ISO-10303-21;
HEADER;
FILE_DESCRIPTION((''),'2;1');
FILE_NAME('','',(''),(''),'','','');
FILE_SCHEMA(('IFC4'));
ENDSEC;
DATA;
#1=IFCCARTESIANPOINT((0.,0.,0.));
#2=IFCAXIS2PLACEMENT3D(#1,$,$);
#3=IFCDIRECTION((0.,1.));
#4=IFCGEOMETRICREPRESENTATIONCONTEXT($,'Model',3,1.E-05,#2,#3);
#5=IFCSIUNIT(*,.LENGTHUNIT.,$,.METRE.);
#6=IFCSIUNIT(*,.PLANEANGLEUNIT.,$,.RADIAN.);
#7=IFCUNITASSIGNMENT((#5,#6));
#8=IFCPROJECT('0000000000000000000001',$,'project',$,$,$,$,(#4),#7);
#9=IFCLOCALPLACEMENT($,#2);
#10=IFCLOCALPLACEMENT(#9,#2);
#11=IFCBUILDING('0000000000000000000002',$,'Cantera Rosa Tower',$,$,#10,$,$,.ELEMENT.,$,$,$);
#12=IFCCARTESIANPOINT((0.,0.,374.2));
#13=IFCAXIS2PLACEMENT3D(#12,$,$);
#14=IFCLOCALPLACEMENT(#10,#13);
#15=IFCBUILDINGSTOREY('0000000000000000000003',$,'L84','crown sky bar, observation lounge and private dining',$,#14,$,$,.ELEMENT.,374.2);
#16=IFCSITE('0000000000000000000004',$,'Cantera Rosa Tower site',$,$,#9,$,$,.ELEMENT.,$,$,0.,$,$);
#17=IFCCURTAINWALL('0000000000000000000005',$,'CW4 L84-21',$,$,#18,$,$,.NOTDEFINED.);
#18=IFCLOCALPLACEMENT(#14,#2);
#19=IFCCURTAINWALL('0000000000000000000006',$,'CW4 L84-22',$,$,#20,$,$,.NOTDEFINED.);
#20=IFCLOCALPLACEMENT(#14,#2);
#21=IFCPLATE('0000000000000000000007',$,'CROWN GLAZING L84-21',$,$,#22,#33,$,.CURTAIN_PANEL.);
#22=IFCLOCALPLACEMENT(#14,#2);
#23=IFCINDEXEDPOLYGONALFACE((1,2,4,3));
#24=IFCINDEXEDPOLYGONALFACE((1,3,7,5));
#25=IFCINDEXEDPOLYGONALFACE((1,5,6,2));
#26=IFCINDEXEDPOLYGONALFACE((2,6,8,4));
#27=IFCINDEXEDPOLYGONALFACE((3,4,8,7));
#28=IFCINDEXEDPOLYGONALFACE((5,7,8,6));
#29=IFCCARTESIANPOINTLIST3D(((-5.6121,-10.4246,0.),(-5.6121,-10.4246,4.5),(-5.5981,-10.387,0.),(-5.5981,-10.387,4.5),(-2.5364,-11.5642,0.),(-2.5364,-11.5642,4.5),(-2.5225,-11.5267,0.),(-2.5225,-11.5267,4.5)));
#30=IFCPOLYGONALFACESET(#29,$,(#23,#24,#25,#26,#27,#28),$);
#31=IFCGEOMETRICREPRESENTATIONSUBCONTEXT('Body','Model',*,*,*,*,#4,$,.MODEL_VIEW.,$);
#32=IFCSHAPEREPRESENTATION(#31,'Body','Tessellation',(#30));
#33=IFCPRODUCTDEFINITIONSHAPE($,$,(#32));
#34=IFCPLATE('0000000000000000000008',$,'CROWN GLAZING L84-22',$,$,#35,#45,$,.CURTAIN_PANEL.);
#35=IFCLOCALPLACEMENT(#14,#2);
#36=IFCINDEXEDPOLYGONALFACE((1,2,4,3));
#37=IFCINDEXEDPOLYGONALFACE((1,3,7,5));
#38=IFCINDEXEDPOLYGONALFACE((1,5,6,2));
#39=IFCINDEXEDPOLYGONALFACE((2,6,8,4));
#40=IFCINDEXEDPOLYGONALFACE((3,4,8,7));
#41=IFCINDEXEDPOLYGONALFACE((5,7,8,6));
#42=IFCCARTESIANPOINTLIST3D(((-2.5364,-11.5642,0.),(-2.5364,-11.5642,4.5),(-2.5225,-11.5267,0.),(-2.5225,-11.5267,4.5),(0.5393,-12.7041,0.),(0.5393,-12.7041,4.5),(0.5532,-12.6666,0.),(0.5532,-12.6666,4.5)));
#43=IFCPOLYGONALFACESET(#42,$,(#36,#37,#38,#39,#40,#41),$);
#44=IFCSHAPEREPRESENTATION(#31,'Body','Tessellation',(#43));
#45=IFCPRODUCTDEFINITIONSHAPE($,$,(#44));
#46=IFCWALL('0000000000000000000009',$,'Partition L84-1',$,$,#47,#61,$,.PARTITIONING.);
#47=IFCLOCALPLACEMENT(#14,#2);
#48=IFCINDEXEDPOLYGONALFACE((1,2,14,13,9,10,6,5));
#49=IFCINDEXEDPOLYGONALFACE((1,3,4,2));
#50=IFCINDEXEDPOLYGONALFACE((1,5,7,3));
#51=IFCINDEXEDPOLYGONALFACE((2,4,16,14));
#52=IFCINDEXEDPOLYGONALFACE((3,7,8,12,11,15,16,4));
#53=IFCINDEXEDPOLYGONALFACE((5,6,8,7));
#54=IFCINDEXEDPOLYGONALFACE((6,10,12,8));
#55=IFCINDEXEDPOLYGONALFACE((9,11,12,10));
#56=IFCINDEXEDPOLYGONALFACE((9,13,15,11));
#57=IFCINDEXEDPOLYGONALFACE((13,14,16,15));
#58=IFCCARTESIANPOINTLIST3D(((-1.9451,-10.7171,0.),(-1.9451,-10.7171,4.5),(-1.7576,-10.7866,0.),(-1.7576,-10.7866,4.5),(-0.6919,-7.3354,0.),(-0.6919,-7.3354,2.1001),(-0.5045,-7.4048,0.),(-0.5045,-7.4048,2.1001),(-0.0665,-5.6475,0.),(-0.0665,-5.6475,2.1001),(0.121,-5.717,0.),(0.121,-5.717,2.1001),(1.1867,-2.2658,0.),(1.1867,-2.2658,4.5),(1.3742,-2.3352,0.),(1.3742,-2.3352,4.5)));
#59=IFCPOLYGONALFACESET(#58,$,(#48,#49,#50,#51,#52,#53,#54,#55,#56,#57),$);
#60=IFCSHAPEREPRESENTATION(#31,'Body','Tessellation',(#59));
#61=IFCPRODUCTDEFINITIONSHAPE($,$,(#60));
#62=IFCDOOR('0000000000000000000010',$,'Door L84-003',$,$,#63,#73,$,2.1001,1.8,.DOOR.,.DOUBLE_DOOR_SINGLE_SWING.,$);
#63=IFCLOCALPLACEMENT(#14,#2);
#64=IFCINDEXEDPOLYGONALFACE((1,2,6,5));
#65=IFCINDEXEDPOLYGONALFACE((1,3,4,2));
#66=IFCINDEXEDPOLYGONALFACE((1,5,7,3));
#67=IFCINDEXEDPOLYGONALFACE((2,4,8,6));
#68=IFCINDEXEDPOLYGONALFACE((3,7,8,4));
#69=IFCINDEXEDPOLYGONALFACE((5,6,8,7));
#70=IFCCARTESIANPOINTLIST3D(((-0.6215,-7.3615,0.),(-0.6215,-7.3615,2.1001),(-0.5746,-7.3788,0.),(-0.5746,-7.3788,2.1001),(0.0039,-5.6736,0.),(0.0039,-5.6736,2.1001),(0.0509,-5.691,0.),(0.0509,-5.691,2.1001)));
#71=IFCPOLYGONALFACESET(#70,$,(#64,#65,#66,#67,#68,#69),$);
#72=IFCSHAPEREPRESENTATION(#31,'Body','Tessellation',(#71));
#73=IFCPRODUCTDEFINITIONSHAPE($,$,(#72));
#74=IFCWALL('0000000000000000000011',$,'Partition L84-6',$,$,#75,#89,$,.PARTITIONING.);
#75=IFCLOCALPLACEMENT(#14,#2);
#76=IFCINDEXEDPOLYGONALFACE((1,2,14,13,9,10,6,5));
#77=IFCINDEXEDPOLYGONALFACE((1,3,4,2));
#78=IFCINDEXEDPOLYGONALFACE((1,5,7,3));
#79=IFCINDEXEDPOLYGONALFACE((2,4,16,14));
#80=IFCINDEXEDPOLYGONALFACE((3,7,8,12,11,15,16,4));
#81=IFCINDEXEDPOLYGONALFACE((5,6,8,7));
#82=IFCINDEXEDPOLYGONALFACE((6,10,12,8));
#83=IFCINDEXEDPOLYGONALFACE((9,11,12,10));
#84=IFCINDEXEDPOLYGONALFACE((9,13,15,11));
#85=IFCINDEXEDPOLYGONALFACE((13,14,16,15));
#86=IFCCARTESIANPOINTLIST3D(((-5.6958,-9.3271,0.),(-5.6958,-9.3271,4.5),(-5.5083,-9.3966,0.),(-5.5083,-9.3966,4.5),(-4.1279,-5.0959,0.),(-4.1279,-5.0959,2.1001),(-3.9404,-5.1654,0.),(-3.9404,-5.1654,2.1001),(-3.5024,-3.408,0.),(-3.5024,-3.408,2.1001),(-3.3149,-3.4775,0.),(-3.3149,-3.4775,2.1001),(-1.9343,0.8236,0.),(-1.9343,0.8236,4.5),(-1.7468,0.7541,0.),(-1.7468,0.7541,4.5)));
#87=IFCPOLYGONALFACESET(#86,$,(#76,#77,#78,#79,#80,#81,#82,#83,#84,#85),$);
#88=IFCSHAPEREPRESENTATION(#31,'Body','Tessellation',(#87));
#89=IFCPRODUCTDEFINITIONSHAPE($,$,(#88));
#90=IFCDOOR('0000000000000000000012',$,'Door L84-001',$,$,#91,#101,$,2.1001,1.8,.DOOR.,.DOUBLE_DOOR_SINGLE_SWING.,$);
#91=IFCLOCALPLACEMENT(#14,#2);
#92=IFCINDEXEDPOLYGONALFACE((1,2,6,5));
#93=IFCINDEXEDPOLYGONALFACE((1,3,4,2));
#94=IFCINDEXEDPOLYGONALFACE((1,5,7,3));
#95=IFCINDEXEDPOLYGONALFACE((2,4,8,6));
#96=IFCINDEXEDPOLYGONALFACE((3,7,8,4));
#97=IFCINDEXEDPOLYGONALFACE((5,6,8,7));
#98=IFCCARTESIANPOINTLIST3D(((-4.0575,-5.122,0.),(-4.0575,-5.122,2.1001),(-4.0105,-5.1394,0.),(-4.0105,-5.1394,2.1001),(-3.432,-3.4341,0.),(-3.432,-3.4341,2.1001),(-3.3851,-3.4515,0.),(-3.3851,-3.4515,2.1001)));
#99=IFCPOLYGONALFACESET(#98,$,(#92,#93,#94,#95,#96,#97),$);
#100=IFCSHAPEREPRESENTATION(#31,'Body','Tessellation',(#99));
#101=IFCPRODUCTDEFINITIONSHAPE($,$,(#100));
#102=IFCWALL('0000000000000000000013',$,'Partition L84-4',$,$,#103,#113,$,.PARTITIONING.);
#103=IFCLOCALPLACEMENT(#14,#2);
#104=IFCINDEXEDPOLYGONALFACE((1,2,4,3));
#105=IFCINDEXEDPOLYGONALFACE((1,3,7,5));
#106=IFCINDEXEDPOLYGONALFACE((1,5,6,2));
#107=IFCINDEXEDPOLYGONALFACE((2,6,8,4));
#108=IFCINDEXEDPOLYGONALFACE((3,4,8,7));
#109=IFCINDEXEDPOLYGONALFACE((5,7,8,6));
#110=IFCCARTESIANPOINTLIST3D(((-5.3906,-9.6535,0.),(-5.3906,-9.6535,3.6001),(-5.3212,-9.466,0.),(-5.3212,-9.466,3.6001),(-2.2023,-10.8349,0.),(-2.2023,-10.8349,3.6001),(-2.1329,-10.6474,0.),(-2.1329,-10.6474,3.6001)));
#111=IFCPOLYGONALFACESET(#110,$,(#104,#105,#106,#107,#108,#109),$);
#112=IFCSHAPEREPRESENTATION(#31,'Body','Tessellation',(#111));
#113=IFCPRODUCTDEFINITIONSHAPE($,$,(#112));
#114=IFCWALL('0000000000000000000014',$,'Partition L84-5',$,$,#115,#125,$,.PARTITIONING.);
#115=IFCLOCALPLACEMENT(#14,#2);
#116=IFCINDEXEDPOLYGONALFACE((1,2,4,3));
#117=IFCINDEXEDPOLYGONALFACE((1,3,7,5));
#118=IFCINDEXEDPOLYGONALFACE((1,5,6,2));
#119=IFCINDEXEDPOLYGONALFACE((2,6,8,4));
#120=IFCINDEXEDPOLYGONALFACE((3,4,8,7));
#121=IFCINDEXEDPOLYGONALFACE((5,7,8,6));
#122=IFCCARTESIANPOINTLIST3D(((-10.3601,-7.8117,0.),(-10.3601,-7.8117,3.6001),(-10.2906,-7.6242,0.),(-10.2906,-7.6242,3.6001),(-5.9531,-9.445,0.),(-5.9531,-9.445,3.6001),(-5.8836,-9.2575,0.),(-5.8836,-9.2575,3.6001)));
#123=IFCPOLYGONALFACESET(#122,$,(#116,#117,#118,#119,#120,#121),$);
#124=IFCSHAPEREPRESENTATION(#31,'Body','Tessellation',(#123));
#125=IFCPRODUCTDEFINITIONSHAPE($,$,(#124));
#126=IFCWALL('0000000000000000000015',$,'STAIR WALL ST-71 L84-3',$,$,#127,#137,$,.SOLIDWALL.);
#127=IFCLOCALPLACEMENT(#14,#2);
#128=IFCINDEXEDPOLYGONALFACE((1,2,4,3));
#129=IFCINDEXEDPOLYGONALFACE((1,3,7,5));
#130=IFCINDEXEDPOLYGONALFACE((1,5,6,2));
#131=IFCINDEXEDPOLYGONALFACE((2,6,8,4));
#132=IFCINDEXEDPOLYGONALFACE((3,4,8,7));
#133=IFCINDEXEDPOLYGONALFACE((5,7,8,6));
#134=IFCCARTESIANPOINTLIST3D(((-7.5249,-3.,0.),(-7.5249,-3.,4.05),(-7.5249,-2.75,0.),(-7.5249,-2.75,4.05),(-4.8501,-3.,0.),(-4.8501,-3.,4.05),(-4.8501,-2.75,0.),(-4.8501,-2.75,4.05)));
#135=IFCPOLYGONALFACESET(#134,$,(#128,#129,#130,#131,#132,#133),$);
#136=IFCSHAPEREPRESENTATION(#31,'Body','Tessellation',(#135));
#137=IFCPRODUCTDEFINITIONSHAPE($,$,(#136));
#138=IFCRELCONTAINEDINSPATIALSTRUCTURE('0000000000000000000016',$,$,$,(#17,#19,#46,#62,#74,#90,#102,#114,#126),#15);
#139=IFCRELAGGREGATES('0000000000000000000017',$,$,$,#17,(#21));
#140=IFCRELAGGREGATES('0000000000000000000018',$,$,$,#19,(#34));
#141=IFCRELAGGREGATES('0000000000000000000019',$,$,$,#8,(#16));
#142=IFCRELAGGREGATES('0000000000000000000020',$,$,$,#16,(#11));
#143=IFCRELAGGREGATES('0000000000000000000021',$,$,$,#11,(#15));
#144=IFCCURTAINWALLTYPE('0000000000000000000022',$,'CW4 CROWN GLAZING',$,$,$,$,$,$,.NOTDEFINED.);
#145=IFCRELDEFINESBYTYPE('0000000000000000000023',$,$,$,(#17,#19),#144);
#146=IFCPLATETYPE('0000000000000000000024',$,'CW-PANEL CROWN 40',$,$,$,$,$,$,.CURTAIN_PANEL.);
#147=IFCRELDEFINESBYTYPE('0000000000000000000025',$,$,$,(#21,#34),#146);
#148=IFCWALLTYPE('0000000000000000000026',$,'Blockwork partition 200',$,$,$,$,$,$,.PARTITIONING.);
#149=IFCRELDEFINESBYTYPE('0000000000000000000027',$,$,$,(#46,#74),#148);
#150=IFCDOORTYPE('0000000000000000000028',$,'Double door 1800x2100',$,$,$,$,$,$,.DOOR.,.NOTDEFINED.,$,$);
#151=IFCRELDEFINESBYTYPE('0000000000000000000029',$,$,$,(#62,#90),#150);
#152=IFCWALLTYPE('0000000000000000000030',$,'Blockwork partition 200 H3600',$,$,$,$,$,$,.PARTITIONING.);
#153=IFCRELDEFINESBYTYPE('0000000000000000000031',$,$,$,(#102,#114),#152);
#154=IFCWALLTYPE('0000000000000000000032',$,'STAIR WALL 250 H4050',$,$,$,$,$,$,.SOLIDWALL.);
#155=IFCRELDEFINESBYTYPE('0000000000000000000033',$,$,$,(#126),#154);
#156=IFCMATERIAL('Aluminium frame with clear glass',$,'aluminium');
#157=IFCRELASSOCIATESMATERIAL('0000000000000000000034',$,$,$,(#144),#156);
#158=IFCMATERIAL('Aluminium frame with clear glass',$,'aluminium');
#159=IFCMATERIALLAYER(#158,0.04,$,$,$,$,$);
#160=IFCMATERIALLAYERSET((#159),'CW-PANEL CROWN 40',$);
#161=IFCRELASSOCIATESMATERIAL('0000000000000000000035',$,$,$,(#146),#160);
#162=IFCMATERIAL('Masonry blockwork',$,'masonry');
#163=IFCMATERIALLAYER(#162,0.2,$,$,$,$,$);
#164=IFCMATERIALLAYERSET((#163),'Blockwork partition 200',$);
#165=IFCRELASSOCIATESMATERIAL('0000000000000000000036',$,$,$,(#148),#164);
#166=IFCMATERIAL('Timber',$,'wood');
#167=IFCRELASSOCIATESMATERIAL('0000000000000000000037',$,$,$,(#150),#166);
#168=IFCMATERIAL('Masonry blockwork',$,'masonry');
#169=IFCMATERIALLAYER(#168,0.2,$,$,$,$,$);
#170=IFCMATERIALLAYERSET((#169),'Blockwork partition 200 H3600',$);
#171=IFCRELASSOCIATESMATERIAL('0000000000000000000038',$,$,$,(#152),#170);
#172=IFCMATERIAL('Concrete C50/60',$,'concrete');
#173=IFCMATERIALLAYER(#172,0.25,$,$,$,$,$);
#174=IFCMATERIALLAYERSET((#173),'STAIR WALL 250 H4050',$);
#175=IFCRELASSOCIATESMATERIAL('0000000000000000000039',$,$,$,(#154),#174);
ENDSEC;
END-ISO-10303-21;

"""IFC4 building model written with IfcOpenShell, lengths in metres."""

from ifc_helpers import new_model, si_unit, direction, frame, frame_2d, origin, place, context, subcontext, project, spatial, polyline, rectangle, outline, extrude, material, layer, layer_set, type_object, element, fill, aggregate, save


model = new_model("IFC4")

# Units and contexts
model_context = context("Model", 3, precision=1e-05, world=origin(), true_north=direction((0.0, 1.0)))
body_context = subcontext(model_context, "Body", "Model", "MODEL_VIEW")
ifc_project = project(units=[si_unit("LENGTHUNIT", "METRE"), si_unit("PLANEANGLEUNIT", "RADIAN")], contexts=[model_context])

# Site, building, storey
site_placement = place(None, origin())
site = spatial("IfcSite", under=ifc_project, at=site_placement, Name="Cantera Rosa Tower site", CompositionType="ELEMENT", RefElevation=0.0)
building_placement = place(site_placement, origin())
building = spatial("IfcBuilding", under=site, at=building_placement, Name="Cantera Rosa Tower", CompositionType="ELEMENT")
storey_placement = place(building_placement, frame((0.0, 0.0, 374.2)))
storey = spatial("IfcBuildingStorey", under=building, at=storey_placement, Name="L84", Description="crown sky bar, observation lounge and private dining", CompositionType="ELEMENT", Elevation=374.2)

# Curtain walls
ifc_material_1 = material(Name="Aluminium frame with clear glass", Category="aluminium")
curtain_wall_type = type_object("IfcCurtainWallType", Name="CW4 CROWN GLAZING", PredefinedType="NOTDEFINED", material=ifc_material_1)
curtain_wall_1_placement = place(storey_placement, origin())
curtain_wall_1 = element("IfcCurtainWall", 1, at=curtain_wall_1_placement, inside=storey, type_object=curtain_wall_type, Name="CW4 L84-21", PredefinedType="NOTDEFINED")
curtain_wall_2_placement = place(storey_placement, origin())
curtain_wall_2 = element("IfcCurtainWall", 2, at=curtain_wall_2_placement, inside=storey, type_object=curtain_wall_type, Name="CW4 L84-22", PredefinedType="NOTDEFINED")

# Plates
ifc_material_2 = material(Name="Aluminium frame with clear glass", Category="aluminium")
ifc_layer_1 = layer(ifc_material_2, 0.04)
ifc_layer_set_1 = layer_set([ifc_layer_1], Name="CW-PANEL CROWN 40")
plate_type = type_object("IfcPlateType", Name="CW-PANEL CROWN 40", PredefinedType="CURTAIN_PANEL", material=ifc_layer_set_1)
plate_1_placement = place(storey_placement, frame((-5.6121, -10.4246, 0.0), z_axis=(-0.34745, -0.937698, 0.0), x_axis=(0.937698, -0.34745, 0.0)))
plate_1 = element("IfcPlate", 3, at=plate_1_placement, type_object=plate_type, Name="CROWN GLAZING L84-21", PredefinedType="CURTAIN_PANEL", context=body_context, shape_type="SweptSolid", body=[
    extrude(outline(polyline([(0.0, 0.0), (3.28, 0.0), (3.28, 4.5), (0.0, 4.5), (0.0, 0.0)])), origin(), (0.0, 0.0, -1.0), 0.04),
])
aggregate(curtain_wall_1, [plate_1])
plate_2_placement = place(storey_placement, frame((-2.5364, -11.5642, 0.0), z_axis=(-0.347516, -0.937674, 0.0), x_axis=(0.937674, -0.347516, 0.0)))
plate_2 = element("IfcPlate", 4, at=plate_2_placement, type_object=plate_type, Name="CROWN GLAZING L84-22", PredefinedType="CURTAIN_PANEL", context=body_context, shape_type="SweptSolid", body=[
    extrude(outline(polyline([(0.0, 0.0), (3.2801, 0.0), (3.2801, 4.5), (0.0, 4.5), (0.0, 0.0)])), origin(), (0.0, 0.0, -1.0), 0.04),
])
aggregate(curtain_wall_2, [plate_2])

# Walls, openings, doors
ifc_material_3 = material(Name="Masonry blockwork", Category="masonry")
ifc_layer_2 = layer(ifc_material_3, 0.2)
ifc_layer_set_2 = layer_set([ifc_layer_2], Name="Blockwork partition 200")
wall_type_1 = type_object("IfcWallType", Name="Blockwork partition 200", PredefinedType="PARTITIONING", material=ifc_layer_set_2)
wall_1_placement = place(storey_placement, frame((-1.8513, -10.7517, 0.0), z_axis=(0.0, 0.0, 1.0), x_axis=(0.347478, 0.937688, 0.0)))
wall_1 = element("IfcWall", 5, at=wall_1_placement, inside=storey, type_object=wall_type_1, Name="Partition L84-1", PredefinedType="PARTITIONING", context=body_context, shape_type="SweptSolid", body=[
    extrude(rectangle(XDim=9.0129, YDim=0.2, at=frame_2d((4.5063, 0.0))), origin(), (0.0, 0.0, 1.0), 4.5),
])
opening_1_placement = place(wall_1_placement, frame((3.6064, 0.0, 0.0)))
opening_1 = element("IfcOpeningElement", 6, at=opening_1_placement, cuts=wall_1, PredefinedType="OPENING", context=body_context, shape_type="SweptSolid", body=[
    extrude(rectangle(XDim=1.8, YDim=2.1001, at=frame_2d((0.8999, 1.05))), frame((0.0, 0.1099, 0.0), z_axis=(0.0, -1.0, 0.0), x_axis=(1.0, 0.0, 0.0)), (0.0, 0.0, 1.0), 0.22),
])
ifc_material_4 = material(Name="Timber", Category="wood")
door_type = type_object("IfcDoorType", Name="Double door 1800x2100", OperationType="NOTDEFINED", PredefinedType="DOOR", material=ifc_material_4)
door_1_placement = place(opening_1_placement, origin())
door_1 = element("IfcDoor", 7, at=door_1_placement, inside=storey, type_object=door_type, Name="Door L84-003", OperationType="DOUBLE_DOOR_SINGLE_SWING", OverallHeight=2.1001, OverallWidth=1.8, PredefinedType="DOOR", context=body_context, shape_type="SweptSolid", body=[
    extrude(rectangle(XDim=1.8, YDim=2.1001, at=frame_2d((0.8999, 1.05))), frame((0.0, 0.0249, 0.0), z_axis=(0.0, -1.0, 0.0), x_axis=(1.0, 0.0, 0.0)), (0.0, 0.0, 1.0), 0.05),
])
fill(opening_1, door_1)
wall_2_placement = place(storey_placement, frame((-5.6021, -9.3618, 0.0), z_axis=(0.0, 0.0, 1.0), x_axis=(0.347475, 0.937689, 0.0)))
wall_2 = element("IfcWall", 8, at=wall_2_placement, inside=storey, type_object=wall_type_1, Name="Partition L84-6", PredefinedType="PARTITIONING", context=body_context, shape_type="SweptSolid", body=[
    extrude(rectangle(XDim=10.8252, YDim=0.2, at=frame_2d((5.4126, 0.0))), origin(), (0.0, 0.0, 1.0), 4.5),
])
opening_2_placement = place(wall_2_placement, frame((4.5125, 0.0, 0.0)))
opening_2 = element("IfcOpeningElement", 9, at=opening_2_placement, cuts=wall_2, PredefinedType="OPENING", context=body_context, shape_type="SweptSolid", body=[
    extrude(rectangle(XDim=1.8, YDim=2.1001, at=frame_2d((0.8999, 1.05))), frame((0.0, 0.1099, 0.0), z_axis=(0.0, -1.0, 0.0), x_axis=(1.0, 0.0, 0.0)), (0.0, 0.0, 1.0), 0.22),
])
door_2_placement = place(opening_2_placement, origin())
door_2 = element("IfcDoor", 10, at=door_2_placement, inside=storey, type_object=door_type, Name="Door L84-001", OperationType="DOUBLE_DOOR_SINGLE_SWING", OverallHeight=2.1001, OverallWidth=1.8, PredefinedType="DOOR", context=body_context, shape_type="SweptSolid", body=[
    extrude(rectangle(XDim=1.8, YDim=2.1001, at=frame_2d((0.8999, 1.05))), frame((0.0, 0.0249, 0.0), z_axis=(0.0, -1.0, 0.0), x_axis=(1.0, 0.0, 0.0)), (0.0, 0.0, 1.0), 0.05),
])
fill(opening_2, door_2)

# Walls
ifc_material_5 = material(Name="Masonry blockwork", Category="masonry")
ifc_layer_3 = layer(ifc_material_5, 0.2)
ifc_layer_set_3 = layer_set([ifc_layer_3], Name="Blockwork partition 200 H3600")
wall_type_2 = type_object("IfcWallType", Name="Blockwork partition 200 H3600", PredefinedType="PARTITIONING", material=ifc_layer_set_3)
wall_3_placement = place(storey_placement, frame((-2.1675, -10.7412, 0.0), z_axis=(0.0, 0.0, 1.0), x_axis=(-0.937694, 0.347462, 0.0)))
element("IfcWall", 11, at=wall_3_placement, inside=storey, type_object=wall_type_2, Name="Partition L84-4", PredefinedType="PARTITIONING", context=body_context, shape_type="SweptSolid", body=[
    extrude(rectangle(XDim=3.4001, YDim=0.2, at=frame_2d((1.7002, 0.0))), origin(), (0.0, 0.0, 1.0), 3.6001),
])
wall_4_placement = place(storey_placement, frame((-5.9182, -9.3513, 0.0), z_axis=(0.0, 0.0, 1.0), x_axis=(-0.937674, 0.347517, 0.0)))
element("IfcWall", 12, at=wall_4_placement, inside=storey, type_object=wall_type_2, Name="Partition L84-5", PredefinedType="PARTITIONING", context=body_context, shape_type="SweptSolid", body=[
    extrude(rectangle(XDim=4.7, YDim=0.2, at=frame_2d((2.3501, 0.0))), origin(), (0.0, 0.0, 1.0), 3.6001),
])
ifc_material_6 = material(Name="Concrete C50/60", Category="concrete")
ifc_layer_4 = layer(ifc_material_6, 0.25)
ifc_layer_set_4 = layer_set([ifc_layer_4], Name="STAIR WALL 250 H4050")
wall_type_3 = type_object("IfcWallType", Name="STAIR WALL 250 H4050", PredefinedType="SOLIDWALL", material=ifc_layer_set_4)
wall_5_placement = place(storey_placement, frame((-4.8501, -2.875, 0.0), z_axis=(0.0, 0.0, 1.0), x_axis=(-1.0, 0.0, 0.0)))
element("IfcWall", 13, at=wall_5_placement, inside=storey, type_object=wall_type_3, Name="STAIR WALL ST-71 L84-3", PredefinedType="SOLIDWALL", context=body_context, shape_type="SweptSolid", body=[
    extrude(rectangle(XDim=2.6748, YDim=0.25, at=frame_2d((1.3374, 0.0))), origin(), (0.0, 0.0, 1.0), 4.05),
])

save(model, "model.ifc")
